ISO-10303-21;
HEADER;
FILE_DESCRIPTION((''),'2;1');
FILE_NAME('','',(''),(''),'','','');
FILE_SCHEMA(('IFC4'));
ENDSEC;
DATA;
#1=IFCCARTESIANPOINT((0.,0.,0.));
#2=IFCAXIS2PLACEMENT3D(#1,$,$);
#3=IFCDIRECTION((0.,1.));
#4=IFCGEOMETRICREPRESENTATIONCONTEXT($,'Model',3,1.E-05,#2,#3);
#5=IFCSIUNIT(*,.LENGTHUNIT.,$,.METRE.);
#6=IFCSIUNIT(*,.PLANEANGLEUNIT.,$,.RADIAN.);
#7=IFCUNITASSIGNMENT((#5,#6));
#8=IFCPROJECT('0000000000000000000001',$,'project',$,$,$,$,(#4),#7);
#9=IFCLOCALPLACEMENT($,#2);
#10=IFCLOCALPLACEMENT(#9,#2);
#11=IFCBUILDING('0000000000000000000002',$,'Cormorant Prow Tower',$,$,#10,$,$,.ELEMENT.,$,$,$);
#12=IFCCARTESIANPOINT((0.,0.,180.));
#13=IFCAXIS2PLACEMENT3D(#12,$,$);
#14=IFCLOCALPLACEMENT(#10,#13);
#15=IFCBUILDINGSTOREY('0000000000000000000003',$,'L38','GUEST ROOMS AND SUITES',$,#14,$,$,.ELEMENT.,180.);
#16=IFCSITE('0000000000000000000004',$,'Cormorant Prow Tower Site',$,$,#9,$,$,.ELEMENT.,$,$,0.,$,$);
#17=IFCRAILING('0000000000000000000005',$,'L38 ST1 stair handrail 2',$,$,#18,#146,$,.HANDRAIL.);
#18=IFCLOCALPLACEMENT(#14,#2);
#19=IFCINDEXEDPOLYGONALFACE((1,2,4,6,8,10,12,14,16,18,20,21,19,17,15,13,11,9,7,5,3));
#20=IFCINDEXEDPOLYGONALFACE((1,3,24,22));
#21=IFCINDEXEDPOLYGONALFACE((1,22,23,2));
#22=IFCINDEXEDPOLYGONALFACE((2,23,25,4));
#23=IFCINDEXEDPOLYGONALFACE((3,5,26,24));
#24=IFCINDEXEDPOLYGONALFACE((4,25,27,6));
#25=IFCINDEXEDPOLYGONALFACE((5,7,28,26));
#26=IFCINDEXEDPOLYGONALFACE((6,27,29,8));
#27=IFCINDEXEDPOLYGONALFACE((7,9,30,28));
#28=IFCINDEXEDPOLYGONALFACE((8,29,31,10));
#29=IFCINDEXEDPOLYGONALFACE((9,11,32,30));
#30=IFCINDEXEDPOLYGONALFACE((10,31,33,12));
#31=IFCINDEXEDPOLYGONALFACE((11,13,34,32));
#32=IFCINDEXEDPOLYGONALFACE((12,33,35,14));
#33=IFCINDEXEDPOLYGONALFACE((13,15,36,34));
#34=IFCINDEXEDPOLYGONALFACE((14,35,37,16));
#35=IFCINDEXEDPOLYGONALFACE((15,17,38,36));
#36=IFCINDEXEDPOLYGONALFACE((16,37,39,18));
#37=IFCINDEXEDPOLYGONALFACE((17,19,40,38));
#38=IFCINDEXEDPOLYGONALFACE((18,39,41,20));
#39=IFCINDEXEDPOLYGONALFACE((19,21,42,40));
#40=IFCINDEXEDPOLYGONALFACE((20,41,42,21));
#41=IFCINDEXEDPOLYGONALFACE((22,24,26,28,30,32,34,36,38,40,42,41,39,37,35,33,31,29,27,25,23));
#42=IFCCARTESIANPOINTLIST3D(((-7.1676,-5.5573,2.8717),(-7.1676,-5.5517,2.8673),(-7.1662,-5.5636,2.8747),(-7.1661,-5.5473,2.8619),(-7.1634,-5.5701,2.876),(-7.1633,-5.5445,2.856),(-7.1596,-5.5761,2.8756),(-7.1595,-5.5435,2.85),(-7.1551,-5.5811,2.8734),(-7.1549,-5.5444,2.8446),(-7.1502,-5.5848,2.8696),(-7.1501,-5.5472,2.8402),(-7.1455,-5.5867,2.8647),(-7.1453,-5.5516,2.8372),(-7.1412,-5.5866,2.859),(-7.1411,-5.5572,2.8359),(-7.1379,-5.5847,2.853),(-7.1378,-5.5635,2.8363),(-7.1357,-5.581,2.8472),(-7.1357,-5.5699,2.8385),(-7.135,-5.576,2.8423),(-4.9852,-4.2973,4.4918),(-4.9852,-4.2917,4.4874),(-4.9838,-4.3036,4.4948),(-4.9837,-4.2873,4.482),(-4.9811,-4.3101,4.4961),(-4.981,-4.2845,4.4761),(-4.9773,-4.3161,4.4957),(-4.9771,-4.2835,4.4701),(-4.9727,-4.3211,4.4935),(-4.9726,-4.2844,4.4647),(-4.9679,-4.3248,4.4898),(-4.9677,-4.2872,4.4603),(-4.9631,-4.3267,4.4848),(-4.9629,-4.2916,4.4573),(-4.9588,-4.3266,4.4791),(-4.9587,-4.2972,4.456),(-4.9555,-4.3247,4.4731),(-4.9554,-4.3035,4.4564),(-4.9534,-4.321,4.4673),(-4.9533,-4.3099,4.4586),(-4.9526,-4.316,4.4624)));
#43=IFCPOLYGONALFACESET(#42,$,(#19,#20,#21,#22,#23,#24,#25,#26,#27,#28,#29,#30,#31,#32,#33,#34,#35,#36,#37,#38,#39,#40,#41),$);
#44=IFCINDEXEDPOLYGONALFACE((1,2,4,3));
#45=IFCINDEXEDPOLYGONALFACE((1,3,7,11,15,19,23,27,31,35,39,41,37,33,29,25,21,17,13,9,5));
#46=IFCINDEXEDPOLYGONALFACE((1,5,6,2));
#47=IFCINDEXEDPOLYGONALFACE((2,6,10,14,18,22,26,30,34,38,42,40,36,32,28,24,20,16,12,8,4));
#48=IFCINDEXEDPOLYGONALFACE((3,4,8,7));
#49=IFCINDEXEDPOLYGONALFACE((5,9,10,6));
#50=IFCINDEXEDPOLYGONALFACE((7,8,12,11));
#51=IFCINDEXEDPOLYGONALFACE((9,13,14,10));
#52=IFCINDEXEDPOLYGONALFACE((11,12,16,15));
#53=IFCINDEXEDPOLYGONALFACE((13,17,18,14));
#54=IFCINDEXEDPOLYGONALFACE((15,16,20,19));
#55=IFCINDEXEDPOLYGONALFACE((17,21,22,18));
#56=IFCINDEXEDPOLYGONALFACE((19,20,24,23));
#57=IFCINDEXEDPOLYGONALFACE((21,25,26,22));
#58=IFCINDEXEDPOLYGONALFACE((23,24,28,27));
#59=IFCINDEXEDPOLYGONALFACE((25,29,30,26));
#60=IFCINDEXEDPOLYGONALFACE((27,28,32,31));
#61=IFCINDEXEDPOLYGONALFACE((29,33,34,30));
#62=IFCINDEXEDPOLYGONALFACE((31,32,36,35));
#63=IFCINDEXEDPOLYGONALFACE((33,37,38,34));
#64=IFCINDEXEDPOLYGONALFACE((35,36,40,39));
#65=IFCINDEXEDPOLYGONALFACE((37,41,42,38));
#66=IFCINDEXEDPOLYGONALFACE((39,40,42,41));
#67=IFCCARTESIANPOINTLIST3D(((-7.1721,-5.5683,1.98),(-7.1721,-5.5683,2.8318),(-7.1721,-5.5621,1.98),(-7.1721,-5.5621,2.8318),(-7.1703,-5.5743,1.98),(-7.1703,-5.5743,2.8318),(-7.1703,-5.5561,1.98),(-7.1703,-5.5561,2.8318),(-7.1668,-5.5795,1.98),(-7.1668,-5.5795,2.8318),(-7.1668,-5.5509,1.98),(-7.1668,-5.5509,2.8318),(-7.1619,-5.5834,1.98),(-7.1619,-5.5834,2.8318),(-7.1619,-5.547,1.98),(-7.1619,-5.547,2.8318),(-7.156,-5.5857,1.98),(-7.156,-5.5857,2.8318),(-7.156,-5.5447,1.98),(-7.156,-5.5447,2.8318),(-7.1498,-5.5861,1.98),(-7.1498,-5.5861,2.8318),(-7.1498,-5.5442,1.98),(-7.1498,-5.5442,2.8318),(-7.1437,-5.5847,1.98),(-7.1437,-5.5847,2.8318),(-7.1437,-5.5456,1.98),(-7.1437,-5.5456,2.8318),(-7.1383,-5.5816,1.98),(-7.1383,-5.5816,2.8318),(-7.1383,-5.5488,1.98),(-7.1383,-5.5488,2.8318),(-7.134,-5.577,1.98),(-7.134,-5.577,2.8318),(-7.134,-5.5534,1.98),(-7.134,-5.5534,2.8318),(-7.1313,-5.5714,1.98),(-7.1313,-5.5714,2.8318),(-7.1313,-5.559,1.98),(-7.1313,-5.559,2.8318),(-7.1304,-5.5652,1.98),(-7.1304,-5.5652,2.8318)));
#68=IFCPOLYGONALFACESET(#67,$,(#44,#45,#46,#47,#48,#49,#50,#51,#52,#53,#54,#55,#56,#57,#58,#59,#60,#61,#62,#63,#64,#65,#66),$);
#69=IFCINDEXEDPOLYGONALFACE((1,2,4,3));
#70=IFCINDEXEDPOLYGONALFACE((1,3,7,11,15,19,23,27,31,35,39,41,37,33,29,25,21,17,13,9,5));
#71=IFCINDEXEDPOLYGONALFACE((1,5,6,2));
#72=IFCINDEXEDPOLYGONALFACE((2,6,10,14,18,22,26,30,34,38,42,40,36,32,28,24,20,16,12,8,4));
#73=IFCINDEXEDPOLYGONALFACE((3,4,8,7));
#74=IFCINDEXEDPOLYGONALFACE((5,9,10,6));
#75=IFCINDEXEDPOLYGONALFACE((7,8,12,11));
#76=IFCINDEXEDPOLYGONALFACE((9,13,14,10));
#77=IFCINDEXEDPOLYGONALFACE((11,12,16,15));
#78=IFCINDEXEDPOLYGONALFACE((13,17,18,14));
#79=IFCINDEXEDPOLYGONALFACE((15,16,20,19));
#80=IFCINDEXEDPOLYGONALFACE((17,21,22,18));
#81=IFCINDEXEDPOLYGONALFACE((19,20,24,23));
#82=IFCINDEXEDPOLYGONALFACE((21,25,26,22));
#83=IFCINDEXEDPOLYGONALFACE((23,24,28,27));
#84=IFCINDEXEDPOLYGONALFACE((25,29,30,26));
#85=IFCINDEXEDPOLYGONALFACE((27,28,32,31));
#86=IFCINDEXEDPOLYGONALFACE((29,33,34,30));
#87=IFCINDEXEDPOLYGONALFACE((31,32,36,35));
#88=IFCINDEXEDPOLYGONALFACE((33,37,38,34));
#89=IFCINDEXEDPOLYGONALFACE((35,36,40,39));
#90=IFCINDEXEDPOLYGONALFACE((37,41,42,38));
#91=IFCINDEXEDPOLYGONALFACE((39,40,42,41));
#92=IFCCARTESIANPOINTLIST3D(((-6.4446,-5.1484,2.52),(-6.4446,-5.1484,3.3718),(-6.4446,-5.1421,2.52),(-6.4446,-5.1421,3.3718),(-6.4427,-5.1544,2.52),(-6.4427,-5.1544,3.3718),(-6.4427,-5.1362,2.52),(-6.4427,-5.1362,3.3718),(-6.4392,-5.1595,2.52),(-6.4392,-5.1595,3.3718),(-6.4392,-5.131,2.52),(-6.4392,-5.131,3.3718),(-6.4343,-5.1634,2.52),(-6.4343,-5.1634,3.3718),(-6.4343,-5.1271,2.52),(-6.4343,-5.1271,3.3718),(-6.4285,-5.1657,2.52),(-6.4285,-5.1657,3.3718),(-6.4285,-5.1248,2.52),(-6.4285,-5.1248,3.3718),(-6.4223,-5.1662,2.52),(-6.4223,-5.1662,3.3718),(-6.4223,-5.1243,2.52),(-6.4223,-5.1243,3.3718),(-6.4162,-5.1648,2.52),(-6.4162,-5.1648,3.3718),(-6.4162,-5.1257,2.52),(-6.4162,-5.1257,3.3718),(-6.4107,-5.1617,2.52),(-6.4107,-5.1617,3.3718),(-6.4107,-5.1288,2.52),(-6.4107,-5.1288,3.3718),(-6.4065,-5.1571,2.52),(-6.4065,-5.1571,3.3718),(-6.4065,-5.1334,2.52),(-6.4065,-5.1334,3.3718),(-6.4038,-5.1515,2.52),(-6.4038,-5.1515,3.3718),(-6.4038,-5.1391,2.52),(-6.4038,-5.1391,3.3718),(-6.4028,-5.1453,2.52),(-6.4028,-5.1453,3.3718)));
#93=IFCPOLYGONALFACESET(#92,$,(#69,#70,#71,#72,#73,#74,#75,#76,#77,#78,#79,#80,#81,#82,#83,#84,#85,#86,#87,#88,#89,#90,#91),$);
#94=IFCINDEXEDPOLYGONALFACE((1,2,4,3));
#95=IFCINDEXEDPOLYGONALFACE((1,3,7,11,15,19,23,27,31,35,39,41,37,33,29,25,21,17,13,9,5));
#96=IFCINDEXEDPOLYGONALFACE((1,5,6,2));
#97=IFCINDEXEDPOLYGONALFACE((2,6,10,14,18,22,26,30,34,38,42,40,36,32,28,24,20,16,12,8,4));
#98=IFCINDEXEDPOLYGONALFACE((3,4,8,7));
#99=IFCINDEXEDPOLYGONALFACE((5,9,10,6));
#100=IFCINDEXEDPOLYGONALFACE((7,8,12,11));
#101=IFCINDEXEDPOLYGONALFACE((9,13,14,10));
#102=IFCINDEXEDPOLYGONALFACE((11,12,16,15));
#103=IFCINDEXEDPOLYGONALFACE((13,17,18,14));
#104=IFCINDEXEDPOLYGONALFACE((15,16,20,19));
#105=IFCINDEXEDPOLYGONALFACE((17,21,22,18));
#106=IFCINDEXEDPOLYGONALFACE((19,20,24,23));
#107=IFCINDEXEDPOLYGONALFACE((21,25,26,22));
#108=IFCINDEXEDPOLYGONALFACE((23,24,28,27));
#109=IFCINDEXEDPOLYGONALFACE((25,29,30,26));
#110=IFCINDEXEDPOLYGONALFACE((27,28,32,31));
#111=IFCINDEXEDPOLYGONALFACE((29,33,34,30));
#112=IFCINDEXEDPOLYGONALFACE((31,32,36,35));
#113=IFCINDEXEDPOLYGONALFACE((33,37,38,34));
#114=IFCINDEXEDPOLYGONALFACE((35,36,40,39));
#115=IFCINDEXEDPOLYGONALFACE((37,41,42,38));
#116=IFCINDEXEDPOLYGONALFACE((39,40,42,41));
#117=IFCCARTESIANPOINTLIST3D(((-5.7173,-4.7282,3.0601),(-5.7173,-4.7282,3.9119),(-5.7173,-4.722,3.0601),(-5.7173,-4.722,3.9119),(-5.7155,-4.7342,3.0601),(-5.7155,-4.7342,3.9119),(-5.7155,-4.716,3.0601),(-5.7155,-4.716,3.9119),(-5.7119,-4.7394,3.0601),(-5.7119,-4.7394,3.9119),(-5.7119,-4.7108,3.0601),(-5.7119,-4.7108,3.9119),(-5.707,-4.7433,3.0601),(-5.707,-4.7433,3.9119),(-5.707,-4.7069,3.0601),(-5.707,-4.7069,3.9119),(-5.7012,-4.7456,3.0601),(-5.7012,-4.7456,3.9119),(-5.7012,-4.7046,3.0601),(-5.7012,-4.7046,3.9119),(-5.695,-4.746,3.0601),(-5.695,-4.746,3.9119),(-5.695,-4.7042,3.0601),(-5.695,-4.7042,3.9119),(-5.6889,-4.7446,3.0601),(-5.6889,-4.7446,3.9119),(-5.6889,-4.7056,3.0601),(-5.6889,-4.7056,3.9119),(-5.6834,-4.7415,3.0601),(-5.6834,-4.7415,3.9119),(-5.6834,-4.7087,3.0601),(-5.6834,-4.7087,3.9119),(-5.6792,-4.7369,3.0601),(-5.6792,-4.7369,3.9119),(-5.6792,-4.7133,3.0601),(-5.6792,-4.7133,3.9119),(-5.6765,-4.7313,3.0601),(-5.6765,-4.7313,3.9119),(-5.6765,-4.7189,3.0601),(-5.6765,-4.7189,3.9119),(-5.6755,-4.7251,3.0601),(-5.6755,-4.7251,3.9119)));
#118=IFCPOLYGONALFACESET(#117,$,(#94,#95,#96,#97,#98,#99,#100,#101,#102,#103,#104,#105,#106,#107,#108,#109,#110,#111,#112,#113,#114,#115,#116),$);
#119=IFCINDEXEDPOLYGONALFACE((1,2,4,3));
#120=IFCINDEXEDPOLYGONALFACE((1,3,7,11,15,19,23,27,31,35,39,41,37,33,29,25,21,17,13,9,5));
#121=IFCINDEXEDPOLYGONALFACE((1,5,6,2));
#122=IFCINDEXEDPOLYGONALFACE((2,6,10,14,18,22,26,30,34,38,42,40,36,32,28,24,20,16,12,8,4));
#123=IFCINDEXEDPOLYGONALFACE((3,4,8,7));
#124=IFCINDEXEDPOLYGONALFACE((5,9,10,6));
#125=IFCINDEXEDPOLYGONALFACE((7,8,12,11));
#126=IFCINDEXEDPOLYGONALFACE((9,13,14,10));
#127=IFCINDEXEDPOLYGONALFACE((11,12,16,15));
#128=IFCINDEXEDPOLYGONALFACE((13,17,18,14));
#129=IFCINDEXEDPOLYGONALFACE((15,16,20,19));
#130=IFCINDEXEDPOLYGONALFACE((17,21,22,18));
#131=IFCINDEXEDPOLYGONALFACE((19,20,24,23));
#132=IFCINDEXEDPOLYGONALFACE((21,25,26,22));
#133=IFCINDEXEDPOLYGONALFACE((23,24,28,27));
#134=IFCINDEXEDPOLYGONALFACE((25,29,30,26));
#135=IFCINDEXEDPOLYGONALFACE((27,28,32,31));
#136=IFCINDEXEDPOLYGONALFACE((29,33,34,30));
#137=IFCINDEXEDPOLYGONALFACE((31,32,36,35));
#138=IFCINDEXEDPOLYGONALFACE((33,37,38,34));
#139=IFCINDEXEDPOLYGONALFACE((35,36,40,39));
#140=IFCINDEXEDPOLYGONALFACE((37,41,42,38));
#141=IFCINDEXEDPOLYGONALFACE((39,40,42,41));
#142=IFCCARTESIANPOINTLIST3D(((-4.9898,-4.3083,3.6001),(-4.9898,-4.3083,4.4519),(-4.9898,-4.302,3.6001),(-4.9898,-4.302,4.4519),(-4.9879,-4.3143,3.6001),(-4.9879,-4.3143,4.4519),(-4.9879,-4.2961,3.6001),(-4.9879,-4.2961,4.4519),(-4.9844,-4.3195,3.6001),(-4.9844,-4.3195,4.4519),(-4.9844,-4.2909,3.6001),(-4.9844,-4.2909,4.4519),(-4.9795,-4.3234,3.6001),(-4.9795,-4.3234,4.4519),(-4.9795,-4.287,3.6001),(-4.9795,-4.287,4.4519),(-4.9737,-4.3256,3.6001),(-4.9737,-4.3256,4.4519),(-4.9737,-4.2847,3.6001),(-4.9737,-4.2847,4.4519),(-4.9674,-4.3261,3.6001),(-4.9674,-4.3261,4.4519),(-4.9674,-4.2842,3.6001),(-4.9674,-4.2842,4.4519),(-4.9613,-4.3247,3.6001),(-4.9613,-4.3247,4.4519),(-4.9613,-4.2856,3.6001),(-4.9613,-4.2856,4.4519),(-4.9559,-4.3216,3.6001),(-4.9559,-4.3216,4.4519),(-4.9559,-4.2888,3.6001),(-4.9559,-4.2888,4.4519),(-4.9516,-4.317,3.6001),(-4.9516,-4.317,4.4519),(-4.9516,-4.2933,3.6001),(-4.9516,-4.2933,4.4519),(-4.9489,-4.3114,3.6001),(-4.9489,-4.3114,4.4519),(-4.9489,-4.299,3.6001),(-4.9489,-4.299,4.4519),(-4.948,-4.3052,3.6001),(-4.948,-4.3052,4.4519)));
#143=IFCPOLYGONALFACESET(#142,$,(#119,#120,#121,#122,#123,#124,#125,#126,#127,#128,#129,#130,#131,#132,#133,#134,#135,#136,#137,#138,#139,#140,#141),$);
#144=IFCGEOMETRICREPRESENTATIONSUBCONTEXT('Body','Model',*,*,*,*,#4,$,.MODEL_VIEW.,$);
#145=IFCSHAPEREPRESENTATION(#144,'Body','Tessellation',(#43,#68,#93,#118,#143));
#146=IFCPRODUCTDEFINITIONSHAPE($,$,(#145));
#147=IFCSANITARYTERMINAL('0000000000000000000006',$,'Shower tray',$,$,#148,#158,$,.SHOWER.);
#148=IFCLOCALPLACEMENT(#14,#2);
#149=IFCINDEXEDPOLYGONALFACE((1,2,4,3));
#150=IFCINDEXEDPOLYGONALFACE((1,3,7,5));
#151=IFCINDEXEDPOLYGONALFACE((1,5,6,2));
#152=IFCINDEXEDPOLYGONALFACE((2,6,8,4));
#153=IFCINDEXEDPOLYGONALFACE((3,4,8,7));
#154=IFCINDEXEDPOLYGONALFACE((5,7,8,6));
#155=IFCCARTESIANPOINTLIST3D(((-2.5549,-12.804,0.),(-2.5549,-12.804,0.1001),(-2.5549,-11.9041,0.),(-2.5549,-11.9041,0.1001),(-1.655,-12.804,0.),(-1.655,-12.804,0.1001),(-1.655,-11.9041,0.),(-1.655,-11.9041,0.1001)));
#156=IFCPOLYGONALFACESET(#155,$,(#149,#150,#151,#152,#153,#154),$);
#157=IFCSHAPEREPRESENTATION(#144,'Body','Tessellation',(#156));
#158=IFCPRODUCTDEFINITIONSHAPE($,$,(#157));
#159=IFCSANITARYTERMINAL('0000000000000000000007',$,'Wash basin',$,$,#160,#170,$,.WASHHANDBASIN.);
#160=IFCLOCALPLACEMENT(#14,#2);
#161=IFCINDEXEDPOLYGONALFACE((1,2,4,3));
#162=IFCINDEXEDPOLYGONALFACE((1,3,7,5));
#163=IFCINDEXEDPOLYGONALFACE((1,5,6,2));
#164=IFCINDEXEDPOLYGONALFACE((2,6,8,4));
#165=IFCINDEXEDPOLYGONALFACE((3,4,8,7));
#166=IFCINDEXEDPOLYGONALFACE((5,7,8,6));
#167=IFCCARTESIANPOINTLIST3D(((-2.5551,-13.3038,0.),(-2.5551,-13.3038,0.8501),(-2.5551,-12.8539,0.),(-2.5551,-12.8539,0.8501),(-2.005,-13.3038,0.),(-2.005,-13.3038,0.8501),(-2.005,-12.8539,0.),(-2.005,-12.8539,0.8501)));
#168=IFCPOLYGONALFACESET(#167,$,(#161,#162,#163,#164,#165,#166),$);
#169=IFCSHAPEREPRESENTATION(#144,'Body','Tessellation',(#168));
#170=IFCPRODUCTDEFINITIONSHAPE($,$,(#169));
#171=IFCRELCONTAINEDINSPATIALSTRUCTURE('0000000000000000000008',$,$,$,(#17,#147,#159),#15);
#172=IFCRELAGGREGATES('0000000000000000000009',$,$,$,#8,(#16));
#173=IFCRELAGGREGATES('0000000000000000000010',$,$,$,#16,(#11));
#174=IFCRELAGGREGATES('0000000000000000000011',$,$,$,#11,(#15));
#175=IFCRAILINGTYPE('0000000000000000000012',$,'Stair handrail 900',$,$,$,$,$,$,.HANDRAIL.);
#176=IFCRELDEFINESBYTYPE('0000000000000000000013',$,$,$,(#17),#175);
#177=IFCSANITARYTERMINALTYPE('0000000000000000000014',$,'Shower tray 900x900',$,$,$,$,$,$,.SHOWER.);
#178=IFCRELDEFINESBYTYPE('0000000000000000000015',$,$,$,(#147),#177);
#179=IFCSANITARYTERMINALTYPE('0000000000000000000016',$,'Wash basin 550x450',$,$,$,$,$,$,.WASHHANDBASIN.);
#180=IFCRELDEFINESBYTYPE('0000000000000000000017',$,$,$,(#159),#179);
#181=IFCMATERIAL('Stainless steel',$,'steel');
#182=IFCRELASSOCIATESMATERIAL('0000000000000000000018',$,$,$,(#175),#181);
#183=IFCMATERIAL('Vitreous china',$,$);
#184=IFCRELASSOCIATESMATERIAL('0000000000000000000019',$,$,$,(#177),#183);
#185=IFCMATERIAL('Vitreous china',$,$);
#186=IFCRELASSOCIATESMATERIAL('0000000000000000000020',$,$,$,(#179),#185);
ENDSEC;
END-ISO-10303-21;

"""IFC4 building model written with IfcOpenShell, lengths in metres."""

from ifc_helpers import new_model, si_unit, direction, frame, origin, origin_2d, place, context, subcontext, project, spatial, rectangle, circle, extrude, material, type_object, element, save


model = new_model("IFC4")

# Units and contexts
model_context = context("Model", 3, precision=1e-05, world=origin(), true_north=direction((0.0, 1.0)))
body_context = subcontext(model_context, "Body", "Model", "MODEL_VIEW")
ifc_project = project(units=[si_unit("LENGTHUNIT", "METRE"), si_unit("PLANEANGLEUNIT", "RADIAN")], contexts=[model_context])

# Site, building, storey
site_placement = place(None, origin())
site = spatial("IfcSite", under=ifc_project, at=site_placement, Name="Cormorant Prow Tower Site", CompositionType="ELEMENT", RefElevation=0.0)
building_placement = place(site_placement, origin())
building = spatial("IfcBuilding", under=site, at=building_placement, Name="Cormorant Prow Tower", CompositionType="ELEMENT")
storey_placement = place(building_placement, frame((0.0, 0.0, 180.0)))
storey = spatial("IfcBuildingStorey", under=building, at=storey_placement, Name="L38", Description="GUEST ROOMS AND SUITES", CompositionType="ELEMENT", Elevation=180.0)

# Railing
ifc_material_1 = material(Name="Stainless steel", Category="steel")
railing_type_1 = type_object("IfcRailingType", Name="Stair handrail 900", PredefinedType="HANDRAIL", material=ifc_material_1)
railing_1_placement = place(storey_placement, frame((-7.1514, -5.5652, 1.98)))
element("IfcRailing", 1, at=railing_1_placement, inside=storey, type_object=railing_type_1, Name="L38 ST1 stair handrail 2", PredefinedType="HANDRAIL", context=body_context, shape_type="SweptSolid", body=[
    extrude(circle(Radius=0.0239, at=origin_2d()), frame((0.0, 0.0, 0.876), z_axis=(0.728464, 0.420584, 0.540786), x_axis=(-0.500005, 0.866023, 0.0)), (0.0, 0.0, 1.0), 2.9958),
    extrude(circle(Radius=0.021, at=origin_2d()), origin(), (0.0, 0.0, 1.0), 0.8518),
    extrude(circle(Radius=0.021, at=origin_2d()), frame((0.7275, 0.4199, 0.54)), (0.0, 0.0, 1.0), 0.8518),
    extrude(circle(Radius=0.021, at=origin_2d()), frame((1.4548, 0.8401, 1.0801)), (0.0, 0.0, 1.0), 0.8518),
    extrude(circle(Radius=0.021, at=origin_2d()), frame((2.1824, 1.26, 1.6201)), (0.0, 0.0, 1.0), 0.8518),
])

# Sanitary terminals
ifc_material_2 = material(Name="Vitreous china")
sanitary_terminal_type_1 = type_object("IfcSanitaryTerminalType", Name="Shower tray 900x900", PredefinedType="SHOWER", material=ifc_material_2)
sanitary_terminal_1_placement = place(storey_placement, frame((-2.105, -12.354, 0.0), z_axis=(0.0, 0.0, 1.0), x_axis=(1.0, 0.0, 0.0)))
element("IfcSanitaryTerminal", 2, at=sanitary_terminal_1_placement, inside=storey, type_object=sanitary_terminal_type_1, Name="Shower tray", PredefinedType="SHOWER", context=body_context, shape_type="SweptSolid", body=[
    extrude(rectangle(XDim=0.8999, YDim=0.8999, at=origin_2d()), origin(), (0.0, 0.0, 1.0), 0.1001),
])
ifc_material_3 = material(Name="Vitreous china")
sanitary_terminal_type_2 = type_object("IfcSanitaryTerminalType", Name="Wash basin 550x450", PredefinedType="WASHHANDBASIN", material=ifc_material_3)
sanitary_terminal_2_placement = place(storey_placement, frame((-2.28, -13.0789, 0.0), z_axis=(0.0, 0.0, 1.0), x_axis=(1.0, 0.0, 0.0)))
element("IfcSanitaryTerminal", 3, at=sanitary_terminal_2_placement, inside=storey, type_object=sanitary_terminal_type_2, Name="Wash basin", PredefinedType="WASHHANDBASIN", context=body_context, shape_type="SweptSolid", body=[
    extrude(rectangle(XDim=0.55, YDim=0.45, at=origin_2d()), origin(), (0.0, 0.0, 1.0), 0.8501),
])

save(model, "model.ifc")
